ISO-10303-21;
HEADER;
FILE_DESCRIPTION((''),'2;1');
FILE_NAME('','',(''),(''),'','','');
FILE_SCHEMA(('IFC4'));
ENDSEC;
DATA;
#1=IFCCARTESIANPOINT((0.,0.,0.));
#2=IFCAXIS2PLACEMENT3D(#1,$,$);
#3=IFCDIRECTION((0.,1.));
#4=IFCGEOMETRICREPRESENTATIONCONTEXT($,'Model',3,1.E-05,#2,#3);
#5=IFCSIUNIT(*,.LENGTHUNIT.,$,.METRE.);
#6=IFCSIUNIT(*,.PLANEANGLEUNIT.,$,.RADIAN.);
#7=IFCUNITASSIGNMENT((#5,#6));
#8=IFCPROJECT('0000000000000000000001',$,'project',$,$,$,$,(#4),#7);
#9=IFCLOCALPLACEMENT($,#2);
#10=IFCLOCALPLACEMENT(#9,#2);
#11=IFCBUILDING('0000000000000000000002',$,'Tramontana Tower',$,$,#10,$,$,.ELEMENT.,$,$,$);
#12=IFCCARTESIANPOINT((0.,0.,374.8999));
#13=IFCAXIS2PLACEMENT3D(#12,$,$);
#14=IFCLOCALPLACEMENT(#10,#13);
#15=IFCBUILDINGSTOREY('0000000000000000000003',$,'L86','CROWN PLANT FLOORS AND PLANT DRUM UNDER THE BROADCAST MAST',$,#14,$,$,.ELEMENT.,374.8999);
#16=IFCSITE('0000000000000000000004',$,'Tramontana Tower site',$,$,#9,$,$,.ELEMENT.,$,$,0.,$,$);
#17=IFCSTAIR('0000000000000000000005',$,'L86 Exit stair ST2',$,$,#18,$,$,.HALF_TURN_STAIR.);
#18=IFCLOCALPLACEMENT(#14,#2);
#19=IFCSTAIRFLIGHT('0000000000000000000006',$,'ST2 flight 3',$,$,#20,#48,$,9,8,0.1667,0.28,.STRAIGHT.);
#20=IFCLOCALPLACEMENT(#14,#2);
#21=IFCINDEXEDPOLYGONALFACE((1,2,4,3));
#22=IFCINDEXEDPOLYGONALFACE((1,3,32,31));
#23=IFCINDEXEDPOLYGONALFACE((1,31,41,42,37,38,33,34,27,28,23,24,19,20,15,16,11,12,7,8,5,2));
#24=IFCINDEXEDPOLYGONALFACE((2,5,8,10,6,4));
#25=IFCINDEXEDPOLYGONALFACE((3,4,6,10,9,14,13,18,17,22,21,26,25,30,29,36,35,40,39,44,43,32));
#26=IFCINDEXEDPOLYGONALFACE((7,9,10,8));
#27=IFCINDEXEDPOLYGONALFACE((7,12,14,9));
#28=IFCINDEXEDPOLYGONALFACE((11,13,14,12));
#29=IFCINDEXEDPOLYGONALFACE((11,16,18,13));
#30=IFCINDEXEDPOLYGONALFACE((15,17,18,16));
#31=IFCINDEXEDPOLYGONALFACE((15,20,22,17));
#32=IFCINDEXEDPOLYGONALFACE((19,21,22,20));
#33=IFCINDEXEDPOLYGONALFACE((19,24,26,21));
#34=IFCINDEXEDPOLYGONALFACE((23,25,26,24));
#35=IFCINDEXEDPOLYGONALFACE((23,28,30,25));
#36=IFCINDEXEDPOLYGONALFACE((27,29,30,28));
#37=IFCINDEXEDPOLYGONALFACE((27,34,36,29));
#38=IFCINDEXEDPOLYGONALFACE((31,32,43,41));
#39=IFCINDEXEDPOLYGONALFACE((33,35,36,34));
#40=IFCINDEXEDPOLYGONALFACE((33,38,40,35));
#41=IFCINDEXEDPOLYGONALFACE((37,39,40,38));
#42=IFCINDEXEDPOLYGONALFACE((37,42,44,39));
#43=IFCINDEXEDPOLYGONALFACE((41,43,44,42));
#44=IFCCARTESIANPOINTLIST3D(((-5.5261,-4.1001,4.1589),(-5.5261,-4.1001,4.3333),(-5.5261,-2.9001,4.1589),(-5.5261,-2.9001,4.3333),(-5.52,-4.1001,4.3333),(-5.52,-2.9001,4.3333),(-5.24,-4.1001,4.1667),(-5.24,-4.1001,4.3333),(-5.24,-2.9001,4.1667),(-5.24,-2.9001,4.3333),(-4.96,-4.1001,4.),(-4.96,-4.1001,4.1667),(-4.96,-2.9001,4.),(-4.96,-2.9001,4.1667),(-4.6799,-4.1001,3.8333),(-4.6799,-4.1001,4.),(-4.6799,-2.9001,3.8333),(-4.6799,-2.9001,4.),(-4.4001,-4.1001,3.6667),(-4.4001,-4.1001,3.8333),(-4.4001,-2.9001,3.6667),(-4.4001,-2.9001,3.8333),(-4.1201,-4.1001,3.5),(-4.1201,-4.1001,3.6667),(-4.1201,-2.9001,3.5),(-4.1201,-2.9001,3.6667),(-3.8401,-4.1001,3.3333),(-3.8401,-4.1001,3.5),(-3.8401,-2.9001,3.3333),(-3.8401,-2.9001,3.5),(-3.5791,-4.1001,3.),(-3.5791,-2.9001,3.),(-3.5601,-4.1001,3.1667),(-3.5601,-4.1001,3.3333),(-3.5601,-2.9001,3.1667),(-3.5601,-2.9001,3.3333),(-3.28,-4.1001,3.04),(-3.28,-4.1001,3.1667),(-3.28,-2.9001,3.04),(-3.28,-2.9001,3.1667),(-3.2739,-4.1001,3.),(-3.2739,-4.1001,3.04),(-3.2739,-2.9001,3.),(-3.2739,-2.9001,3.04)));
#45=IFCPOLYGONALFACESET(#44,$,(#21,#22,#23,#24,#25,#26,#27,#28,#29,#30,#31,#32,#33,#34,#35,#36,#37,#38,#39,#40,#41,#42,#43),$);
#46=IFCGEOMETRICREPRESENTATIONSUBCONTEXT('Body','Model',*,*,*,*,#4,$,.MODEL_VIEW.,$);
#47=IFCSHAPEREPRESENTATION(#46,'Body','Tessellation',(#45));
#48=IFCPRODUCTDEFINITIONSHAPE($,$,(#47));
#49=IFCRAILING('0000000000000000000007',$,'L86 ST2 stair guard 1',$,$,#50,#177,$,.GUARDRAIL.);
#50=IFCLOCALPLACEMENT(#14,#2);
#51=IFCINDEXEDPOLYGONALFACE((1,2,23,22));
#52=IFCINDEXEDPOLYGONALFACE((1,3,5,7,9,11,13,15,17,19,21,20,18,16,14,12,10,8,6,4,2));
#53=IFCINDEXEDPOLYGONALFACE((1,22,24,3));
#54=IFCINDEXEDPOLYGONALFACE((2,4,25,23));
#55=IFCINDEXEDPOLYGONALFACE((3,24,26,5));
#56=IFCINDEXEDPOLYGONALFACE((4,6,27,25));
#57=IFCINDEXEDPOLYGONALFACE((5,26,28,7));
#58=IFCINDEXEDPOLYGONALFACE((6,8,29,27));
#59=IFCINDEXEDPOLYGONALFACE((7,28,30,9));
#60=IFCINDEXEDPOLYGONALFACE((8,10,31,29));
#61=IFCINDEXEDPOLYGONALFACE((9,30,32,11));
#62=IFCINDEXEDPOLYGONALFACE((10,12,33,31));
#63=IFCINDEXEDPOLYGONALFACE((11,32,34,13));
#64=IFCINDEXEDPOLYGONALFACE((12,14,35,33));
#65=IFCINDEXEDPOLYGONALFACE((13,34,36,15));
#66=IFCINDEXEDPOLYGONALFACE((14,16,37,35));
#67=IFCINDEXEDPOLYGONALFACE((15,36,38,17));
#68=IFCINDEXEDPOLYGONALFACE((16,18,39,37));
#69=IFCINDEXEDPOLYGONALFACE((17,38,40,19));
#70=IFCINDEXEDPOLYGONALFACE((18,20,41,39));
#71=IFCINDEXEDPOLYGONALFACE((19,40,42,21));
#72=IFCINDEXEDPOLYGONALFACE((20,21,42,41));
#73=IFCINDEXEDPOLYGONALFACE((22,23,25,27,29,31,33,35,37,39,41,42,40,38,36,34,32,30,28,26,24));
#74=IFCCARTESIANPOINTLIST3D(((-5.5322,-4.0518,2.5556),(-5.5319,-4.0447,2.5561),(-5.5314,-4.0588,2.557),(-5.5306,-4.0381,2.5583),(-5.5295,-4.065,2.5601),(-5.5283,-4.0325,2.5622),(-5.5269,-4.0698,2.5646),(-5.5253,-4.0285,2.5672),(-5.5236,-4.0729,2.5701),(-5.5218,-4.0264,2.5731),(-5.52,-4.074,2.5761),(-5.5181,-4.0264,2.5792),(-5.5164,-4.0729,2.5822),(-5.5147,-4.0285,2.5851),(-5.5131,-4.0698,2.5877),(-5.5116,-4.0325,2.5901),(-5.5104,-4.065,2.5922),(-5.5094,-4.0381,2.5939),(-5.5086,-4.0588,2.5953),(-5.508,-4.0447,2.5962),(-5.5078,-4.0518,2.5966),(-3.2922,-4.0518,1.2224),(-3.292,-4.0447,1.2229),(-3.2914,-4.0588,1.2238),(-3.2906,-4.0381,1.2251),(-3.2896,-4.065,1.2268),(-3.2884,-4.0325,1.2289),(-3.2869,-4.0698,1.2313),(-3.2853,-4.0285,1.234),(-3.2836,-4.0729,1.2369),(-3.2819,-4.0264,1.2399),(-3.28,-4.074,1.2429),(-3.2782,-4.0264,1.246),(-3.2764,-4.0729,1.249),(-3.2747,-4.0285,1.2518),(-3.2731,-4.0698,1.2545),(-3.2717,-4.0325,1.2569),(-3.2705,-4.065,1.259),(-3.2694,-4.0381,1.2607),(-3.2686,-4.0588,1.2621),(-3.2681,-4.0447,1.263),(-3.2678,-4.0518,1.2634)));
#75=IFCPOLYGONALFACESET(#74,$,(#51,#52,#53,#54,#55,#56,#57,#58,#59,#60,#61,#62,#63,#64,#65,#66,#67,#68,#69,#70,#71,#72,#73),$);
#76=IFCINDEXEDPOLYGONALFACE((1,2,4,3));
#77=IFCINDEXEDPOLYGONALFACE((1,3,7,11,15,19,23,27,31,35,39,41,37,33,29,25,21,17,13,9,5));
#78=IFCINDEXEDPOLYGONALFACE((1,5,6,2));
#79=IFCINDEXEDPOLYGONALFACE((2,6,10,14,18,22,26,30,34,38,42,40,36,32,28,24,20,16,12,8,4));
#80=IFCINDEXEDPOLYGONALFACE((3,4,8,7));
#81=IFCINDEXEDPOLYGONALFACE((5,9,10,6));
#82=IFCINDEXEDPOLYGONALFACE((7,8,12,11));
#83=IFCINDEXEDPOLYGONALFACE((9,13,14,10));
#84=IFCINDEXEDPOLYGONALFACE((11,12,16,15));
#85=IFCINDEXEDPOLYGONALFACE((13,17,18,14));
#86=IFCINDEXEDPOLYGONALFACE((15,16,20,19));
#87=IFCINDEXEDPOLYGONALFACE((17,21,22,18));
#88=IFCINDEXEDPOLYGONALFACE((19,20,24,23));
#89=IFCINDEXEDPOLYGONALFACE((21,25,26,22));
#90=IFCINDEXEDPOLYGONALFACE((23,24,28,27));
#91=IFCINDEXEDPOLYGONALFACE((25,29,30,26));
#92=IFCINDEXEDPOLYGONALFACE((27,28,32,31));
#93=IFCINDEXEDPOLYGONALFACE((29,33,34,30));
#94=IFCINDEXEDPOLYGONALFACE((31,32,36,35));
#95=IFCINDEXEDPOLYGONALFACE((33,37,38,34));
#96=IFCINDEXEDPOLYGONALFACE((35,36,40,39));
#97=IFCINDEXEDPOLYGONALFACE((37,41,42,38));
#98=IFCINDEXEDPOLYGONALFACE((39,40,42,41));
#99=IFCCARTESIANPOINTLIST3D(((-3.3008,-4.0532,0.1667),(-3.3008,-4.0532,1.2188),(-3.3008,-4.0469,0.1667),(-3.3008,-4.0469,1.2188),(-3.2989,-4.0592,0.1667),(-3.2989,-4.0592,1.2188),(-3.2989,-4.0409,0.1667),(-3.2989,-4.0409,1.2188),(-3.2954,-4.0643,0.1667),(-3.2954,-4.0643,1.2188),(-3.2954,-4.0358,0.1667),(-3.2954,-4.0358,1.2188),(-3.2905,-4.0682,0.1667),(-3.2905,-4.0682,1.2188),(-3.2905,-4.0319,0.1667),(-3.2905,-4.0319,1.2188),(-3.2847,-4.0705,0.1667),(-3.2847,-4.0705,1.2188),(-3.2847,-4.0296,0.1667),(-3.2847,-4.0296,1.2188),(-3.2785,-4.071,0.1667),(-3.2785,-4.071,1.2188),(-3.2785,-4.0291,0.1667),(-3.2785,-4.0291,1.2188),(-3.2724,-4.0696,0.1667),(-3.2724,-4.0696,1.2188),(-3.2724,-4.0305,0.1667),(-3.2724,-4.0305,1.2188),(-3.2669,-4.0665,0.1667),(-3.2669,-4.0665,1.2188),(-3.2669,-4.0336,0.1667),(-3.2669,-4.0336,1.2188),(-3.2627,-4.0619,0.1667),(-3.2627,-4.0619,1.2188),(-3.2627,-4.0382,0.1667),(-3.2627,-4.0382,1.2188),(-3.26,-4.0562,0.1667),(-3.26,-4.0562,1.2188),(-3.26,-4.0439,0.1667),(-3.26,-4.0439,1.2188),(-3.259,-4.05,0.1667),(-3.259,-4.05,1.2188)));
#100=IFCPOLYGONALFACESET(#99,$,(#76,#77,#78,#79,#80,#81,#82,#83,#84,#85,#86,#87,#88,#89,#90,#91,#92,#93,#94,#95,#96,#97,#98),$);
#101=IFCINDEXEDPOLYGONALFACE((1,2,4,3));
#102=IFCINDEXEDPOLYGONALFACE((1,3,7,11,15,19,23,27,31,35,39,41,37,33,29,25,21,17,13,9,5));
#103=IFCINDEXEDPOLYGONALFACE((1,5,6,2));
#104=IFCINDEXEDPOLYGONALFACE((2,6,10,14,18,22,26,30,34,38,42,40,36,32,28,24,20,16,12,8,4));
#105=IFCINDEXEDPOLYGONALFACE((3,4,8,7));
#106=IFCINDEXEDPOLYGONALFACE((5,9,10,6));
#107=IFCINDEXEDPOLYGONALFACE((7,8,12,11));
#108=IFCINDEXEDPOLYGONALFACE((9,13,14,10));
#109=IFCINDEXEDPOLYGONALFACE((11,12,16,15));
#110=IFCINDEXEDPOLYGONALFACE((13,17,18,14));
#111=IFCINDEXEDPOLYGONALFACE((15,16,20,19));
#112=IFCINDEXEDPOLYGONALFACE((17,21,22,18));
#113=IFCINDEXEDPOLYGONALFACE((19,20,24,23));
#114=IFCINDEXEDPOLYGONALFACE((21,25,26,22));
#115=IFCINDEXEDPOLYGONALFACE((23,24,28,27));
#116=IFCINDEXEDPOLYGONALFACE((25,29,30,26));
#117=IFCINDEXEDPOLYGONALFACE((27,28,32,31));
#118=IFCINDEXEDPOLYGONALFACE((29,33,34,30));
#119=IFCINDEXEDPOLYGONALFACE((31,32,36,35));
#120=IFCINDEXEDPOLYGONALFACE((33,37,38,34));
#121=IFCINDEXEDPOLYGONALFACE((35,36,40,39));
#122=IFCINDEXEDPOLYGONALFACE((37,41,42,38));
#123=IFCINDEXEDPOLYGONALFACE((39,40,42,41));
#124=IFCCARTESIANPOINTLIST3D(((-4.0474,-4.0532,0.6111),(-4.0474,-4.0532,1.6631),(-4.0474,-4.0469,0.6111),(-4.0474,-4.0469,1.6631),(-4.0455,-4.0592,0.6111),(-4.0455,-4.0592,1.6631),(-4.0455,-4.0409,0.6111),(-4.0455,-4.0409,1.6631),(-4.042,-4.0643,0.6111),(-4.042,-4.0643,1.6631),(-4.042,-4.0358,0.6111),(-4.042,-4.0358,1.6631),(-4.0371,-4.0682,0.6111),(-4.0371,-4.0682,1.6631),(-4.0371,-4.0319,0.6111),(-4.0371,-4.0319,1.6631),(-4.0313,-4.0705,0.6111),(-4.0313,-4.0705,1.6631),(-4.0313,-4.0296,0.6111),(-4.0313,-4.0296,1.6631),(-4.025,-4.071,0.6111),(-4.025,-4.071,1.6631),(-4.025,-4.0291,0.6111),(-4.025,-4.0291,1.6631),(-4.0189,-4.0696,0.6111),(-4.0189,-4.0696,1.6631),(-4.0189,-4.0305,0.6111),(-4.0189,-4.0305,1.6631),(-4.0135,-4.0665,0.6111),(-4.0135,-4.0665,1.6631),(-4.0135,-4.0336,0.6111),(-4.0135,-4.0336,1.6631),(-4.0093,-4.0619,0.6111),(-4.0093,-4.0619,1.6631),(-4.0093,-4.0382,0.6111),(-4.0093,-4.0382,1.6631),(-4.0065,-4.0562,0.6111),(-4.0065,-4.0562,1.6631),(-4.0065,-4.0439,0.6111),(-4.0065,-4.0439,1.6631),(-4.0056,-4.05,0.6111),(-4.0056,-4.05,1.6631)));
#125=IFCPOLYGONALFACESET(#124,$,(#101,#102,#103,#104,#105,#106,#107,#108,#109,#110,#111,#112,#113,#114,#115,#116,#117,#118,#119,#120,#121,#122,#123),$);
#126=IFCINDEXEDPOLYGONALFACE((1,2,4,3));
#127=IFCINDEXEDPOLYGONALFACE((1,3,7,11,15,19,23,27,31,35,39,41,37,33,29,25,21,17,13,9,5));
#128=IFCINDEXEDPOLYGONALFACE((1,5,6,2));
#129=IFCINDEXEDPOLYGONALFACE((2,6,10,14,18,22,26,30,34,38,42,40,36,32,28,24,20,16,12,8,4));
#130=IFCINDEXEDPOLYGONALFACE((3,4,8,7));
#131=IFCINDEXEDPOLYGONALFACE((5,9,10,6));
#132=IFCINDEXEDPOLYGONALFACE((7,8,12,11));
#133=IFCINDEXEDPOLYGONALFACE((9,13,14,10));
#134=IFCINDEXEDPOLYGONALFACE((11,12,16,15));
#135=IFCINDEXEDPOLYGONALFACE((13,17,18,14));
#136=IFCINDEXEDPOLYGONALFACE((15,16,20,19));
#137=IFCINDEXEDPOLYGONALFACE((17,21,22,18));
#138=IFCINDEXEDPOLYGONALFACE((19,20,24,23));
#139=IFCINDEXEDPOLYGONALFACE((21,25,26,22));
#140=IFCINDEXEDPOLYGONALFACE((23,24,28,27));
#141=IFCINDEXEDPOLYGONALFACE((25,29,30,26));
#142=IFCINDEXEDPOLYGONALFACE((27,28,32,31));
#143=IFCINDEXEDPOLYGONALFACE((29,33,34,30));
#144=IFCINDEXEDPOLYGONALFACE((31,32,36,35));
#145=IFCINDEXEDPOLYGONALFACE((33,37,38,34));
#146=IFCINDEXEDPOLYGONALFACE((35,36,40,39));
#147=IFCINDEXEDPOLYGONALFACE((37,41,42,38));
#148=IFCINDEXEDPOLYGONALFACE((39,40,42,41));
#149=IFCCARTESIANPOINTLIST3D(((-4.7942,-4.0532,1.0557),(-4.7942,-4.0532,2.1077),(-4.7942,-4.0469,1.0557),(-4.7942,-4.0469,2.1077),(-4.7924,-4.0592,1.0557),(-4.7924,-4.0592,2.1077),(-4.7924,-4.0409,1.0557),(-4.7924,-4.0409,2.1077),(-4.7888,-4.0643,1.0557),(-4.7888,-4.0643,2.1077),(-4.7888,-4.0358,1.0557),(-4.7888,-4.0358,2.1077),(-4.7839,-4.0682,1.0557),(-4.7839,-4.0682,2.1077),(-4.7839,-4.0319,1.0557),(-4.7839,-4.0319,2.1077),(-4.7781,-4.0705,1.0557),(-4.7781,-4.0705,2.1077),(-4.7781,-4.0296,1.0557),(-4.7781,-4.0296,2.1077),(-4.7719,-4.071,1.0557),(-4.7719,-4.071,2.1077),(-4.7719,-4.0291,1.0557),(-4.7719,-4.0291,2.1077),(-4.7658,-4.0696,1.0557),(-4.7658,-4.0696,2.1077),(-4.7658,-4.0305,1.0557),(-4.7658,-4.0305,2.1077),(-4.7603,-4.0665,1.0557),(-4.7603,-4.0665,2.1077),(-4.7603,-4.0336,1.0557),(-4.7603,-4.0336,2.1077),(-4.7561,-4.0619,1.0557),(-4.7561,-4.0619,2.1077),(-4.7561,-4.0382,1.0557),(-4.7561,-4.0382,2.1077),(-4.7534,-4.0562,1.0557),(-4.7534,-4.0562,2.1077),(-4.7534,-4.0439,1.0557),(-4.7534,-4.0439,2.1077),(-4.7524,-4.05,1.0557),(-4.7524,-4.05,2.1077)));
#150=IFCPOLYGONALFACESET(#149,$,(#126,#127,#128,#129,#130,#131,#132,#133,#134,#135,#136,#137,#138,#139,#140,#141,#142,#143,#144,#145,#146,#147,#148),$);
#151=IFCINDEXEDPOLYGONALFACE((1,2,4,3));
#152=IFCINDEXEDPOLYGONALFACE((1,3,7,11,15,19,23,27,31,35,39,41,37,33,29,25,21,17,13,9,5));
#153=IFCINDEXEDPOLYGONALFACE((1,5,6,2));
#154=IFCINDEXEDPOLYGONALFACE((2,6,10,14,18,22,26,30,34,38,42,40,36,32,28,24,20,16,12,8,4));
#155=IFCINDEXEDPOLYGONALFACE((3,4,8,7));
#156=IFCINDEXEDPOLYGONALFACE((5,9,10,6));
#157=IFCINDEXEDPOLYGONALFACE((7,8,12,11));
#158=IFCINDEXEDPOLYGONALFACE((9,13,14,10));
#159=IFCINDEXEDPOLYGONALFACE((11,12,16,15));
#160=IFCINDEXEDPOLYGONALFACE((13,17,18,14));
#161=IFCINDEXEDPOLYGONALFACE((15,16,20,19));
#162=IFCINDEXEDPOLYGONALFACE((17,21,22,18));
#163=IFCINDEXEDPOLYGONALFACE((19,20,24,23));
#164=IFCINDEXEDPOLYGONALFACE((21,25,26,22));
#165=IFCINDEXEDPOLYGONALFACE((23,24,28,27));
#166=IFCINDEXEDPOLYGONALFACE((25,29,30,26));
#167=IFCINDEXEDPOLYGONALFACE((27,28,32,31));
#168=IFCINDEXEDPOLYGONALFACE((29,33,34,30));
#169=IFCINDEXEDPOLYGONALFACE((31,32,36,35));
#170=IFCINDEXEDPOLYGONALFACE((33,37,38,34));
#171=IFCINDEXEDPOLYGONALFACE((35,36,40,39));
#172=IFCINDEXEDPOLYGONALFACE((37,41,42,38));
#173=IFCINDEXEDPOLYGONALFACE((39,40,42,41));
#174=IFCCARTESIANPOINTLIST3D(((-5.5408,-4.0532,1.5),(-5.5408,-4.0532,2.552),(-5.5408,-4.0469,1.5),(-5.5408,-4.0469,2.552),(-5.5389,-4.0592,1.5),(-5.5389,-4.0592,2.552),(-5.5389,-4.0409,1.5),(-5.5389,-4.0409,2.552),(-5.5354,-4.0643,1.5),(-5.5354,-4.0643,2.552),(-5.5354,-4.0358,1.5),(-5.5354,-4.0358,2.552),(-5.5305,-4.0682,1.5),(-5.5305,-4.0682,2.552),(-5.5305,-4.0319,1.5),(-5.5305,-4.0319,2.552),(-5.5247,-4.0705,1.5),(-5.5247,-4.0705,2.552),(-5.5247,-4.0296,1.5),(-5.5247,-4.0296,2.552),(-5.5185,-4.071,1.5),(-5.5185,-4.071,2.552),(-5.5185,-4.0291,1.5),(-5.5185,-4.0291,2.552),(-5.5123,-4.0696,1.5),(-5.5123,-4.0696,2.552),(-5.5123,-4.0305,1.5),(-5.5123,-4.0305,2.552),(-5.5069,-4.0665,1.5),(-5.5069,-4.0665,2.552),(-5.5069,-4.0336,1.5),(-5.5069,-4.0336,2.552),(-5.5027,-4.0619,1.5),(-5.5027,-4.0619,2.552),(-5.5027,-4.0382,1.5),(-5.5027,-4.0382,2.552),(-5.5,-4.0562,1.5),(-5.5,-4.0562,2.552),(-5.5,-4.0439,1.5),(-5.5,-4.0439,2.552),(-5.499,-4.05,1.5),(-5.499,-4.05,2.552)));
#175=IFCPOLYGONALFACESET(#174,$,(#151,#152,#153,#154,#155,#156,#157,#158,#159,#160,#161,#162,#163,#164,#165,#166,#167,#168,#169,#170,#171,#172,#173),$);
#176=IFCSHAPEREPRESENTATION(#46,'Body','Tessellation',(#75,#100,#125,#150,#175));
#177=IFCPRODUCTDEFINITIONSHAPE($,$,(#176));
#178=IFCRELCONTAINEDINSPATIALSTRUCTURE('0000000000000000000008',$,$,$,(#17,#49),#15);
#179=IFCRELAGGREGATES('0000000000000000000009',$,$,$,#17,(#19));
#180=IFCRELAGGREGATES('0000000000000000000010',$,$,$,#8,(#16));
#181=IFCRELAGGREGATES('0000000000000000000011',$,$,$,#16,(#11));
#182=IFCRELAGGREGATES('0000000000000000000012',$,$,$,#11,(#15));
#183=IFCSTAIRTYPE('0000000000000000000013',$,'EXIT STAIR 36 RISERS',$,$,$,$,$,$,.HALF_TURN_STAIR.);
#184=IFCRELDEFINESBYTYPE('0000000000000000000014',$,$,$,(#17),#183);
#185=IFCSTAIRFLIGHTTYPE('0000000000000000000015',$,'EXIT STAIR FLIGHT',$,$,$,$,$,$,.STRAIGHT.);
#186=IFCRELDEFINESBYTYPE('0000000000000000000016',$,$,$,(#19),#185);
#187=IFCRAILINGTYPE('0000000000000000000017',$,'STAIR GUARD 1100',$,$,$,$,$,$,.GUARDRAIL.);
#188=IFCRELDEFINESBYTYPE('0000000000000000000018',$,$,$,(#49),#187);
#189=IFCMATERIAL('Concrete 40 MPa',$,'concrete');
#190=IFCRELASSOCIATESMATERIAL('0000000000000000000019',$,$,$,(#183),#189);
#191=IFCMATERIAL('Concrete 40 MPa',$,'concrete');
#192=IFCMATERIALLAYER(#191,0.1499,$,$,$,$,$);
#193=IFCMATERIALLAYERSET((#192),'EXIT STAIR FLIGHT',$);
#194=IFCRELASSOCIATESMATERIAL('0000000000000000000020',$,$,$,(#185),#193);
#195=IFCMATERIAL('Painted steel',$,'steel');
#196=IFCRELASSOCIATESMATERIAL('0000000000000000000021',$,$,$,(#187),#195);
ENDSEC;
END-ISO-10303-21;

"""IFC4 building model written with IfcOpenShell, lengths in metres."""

from ifc_helpers import new_model, si_unit, direction, frame, origin, origin_2d, place, context, subcontext, project, spatial, polyline, circle, outline, extrude, material, layer, layer_set, type_object, element, aggregate, save


model = new_model("IFC4")

# Units and contexts
model_context = context("Model", 3, precision=1e-05, world=origin(), true_north=direction((0.0, 1.0)))
body_context = subcontext(model_context, "Body", "Model", "MODEL_VIEW")
ifc_project = project(units=[si_unit("LENGTHUNIT", "METRE"), si_unit("PLANEANGLEUNIT", "RADIAN")], contexts=[model_context])

# Site, building, storey
site_placement = place(None, origin())
site = spatial("IfcSite", under=ifc_project, at=site_placement, Name="Tramontana Tower site", CompositionType="ELEMENT", RefElevation=0.0)
building_placement = place(site_placement, origin())
building = spatial("IfcBuilding", under=site, at=building_placement, Name="Tramontana Tower", CompositionType="ELEMENT")
storey_placement = place(building_placement, frame((0.0, 0.0, 374.8999)))
storey = spatial("IfcBuildingStorey", under=building, at=storey_placement, Name="L86", Description="CROWN PLANT FLOORS AND PLANT DRUM UNDER THE BROADCAST MAST", CompositionType="ELEMENT", Elevation=374.8999)

# Shared definitions
ifc_material_1 = material(Name="Concrete 40 MPa", Category="concrete")
stair_type = type_object("IfcStairType", Name="EXIT STAIR 36 RISERS", PredefinedType="HALF_TURN_STAIR", material=ifc_material_1)

# Stair, stair flight
stair_1_placement = place(storey_placement, origin())
stair_1 = element("IfcStair", 1, at=stair_1_placement, inside=storey, type_object=stair_type, Name="L86 Exit stair ST2", PredefinedType="HALF_TURN_STAIR")
ifc_material_2 = material(Name="Concrete 40 MPa", Category="concrete")
ifc_layer_1 = layer(ifc_material_2, 0.1499)
ifc_layer_set_1 = layer_set([ifc_layer_1], Name="EXIT STAIR FLIGHT")
stair_flight_type = type_object("IfcStairFlightType", Name="EXIT STAIR FLIGHT", PredefinedType="STRAIGHT", material=ifc_layer_set_1)
stair_flight_1_placement = place(storey_placement, frame((-3.28, -3.5, 3.0), z_axis=(0.0, 0.0, 1.0), x_axis=(-1.0, 0.0, 0.0)))
stair_flight_1 = element("IfcStairFlight", 2, at=stair_flight_1_placement, type_object=stair_flight_type, Name="ST2 flight 3", NumberOfRisers=9, NumberOfTreads=8, PredefinedType="STRAIGHT", RiserHeight=0.1667, TreadLength=0.28, context=body_context, shape_type="SweptSolid", body=[
    extrude(outline(polyline([(-0.0061, 0.0), (-0.0061, 0.04), (0.0, 0.04), (0.0, 0.1667), (0.28, 0.1667), (0.28, 0.3333), (0.5601, 0.3333), (0.5601, 0.5), (0.8401, 0.5), (0.8401, 0.6667), (1.1201, 0.6667), (1.1201, 0.8333), (1.3999, 0.8333), (1.3999, 1.0), (1.6799, 1.0), (1.6799, 1.1667), (1.96, 1.1667), (1.96, 1.3333), (2.24, 1.3333), (2.2461, 1.3333), (2.2461, 1.1589), (0.2991, 0.0), (-0.0061, 0.0)])), frame((0.0, 0.6001, 0.0), z_axis=(0.0, -1.0, 0.0), x_axis=(1.0, 0.0, 0.0)), (0.0, 0.0, 1.0), 1.2),
])
aggregate(stair_1, [stair_flight_1])

# Railing
ifc_material_3 = material(Name="Painted steel", Category="steel")
railing_type_1 = type_object("IfcRailingType", Name="STAIR GUARD 1100", PredefinedType="GUARDRAIL", material=ifc_material_3)
for number, where, name in (
    (3, (-3.28, -4.05, 0.1667), "L86 ST2 stair guard 1"),
):
    element("IfcRailing", number, at=place(storey_placement, frame(where)), inside=storey, type_object=railing_type_1, Name=name, PredefinedType="GUARDRAIL", context=body_context, shape_type="SweptSolid", body=[
        extrude(circle(Radius=0.0239, at=origin_2d()), frame((0.0, 0.0, 1.0762), z_axis=(-0.859306, 0.0, 0.511462), x_axis=(0.0, -1.0, 0.0)), (0.0, 0.0, 1.0), 2.6067),
        extrude(circle(Radius=0.021, at=origin_2d()), origin(), (0.0, 0.0, 1.0), 1.052),
        extrude(circle(Radius=0.021, at=origin_2d()), frame((-0.7466, 0.0, 0.4443)), (0.0, 0.0, 1.0), 1.052),
        extrude(circle(Radius=0.021, at=origin_2d()), frame((-1.4934, 0.0, 0.8889)), (0.0, 0.0, 1.0), 1.052),
        extrude(circle(Radius=0.021, at=origin_2d()), frame((-2.24, 0.0, 1.3333)), (0.0, 0.0, 1.0), 1.052),
    ])

save(model, "model.ifc")
